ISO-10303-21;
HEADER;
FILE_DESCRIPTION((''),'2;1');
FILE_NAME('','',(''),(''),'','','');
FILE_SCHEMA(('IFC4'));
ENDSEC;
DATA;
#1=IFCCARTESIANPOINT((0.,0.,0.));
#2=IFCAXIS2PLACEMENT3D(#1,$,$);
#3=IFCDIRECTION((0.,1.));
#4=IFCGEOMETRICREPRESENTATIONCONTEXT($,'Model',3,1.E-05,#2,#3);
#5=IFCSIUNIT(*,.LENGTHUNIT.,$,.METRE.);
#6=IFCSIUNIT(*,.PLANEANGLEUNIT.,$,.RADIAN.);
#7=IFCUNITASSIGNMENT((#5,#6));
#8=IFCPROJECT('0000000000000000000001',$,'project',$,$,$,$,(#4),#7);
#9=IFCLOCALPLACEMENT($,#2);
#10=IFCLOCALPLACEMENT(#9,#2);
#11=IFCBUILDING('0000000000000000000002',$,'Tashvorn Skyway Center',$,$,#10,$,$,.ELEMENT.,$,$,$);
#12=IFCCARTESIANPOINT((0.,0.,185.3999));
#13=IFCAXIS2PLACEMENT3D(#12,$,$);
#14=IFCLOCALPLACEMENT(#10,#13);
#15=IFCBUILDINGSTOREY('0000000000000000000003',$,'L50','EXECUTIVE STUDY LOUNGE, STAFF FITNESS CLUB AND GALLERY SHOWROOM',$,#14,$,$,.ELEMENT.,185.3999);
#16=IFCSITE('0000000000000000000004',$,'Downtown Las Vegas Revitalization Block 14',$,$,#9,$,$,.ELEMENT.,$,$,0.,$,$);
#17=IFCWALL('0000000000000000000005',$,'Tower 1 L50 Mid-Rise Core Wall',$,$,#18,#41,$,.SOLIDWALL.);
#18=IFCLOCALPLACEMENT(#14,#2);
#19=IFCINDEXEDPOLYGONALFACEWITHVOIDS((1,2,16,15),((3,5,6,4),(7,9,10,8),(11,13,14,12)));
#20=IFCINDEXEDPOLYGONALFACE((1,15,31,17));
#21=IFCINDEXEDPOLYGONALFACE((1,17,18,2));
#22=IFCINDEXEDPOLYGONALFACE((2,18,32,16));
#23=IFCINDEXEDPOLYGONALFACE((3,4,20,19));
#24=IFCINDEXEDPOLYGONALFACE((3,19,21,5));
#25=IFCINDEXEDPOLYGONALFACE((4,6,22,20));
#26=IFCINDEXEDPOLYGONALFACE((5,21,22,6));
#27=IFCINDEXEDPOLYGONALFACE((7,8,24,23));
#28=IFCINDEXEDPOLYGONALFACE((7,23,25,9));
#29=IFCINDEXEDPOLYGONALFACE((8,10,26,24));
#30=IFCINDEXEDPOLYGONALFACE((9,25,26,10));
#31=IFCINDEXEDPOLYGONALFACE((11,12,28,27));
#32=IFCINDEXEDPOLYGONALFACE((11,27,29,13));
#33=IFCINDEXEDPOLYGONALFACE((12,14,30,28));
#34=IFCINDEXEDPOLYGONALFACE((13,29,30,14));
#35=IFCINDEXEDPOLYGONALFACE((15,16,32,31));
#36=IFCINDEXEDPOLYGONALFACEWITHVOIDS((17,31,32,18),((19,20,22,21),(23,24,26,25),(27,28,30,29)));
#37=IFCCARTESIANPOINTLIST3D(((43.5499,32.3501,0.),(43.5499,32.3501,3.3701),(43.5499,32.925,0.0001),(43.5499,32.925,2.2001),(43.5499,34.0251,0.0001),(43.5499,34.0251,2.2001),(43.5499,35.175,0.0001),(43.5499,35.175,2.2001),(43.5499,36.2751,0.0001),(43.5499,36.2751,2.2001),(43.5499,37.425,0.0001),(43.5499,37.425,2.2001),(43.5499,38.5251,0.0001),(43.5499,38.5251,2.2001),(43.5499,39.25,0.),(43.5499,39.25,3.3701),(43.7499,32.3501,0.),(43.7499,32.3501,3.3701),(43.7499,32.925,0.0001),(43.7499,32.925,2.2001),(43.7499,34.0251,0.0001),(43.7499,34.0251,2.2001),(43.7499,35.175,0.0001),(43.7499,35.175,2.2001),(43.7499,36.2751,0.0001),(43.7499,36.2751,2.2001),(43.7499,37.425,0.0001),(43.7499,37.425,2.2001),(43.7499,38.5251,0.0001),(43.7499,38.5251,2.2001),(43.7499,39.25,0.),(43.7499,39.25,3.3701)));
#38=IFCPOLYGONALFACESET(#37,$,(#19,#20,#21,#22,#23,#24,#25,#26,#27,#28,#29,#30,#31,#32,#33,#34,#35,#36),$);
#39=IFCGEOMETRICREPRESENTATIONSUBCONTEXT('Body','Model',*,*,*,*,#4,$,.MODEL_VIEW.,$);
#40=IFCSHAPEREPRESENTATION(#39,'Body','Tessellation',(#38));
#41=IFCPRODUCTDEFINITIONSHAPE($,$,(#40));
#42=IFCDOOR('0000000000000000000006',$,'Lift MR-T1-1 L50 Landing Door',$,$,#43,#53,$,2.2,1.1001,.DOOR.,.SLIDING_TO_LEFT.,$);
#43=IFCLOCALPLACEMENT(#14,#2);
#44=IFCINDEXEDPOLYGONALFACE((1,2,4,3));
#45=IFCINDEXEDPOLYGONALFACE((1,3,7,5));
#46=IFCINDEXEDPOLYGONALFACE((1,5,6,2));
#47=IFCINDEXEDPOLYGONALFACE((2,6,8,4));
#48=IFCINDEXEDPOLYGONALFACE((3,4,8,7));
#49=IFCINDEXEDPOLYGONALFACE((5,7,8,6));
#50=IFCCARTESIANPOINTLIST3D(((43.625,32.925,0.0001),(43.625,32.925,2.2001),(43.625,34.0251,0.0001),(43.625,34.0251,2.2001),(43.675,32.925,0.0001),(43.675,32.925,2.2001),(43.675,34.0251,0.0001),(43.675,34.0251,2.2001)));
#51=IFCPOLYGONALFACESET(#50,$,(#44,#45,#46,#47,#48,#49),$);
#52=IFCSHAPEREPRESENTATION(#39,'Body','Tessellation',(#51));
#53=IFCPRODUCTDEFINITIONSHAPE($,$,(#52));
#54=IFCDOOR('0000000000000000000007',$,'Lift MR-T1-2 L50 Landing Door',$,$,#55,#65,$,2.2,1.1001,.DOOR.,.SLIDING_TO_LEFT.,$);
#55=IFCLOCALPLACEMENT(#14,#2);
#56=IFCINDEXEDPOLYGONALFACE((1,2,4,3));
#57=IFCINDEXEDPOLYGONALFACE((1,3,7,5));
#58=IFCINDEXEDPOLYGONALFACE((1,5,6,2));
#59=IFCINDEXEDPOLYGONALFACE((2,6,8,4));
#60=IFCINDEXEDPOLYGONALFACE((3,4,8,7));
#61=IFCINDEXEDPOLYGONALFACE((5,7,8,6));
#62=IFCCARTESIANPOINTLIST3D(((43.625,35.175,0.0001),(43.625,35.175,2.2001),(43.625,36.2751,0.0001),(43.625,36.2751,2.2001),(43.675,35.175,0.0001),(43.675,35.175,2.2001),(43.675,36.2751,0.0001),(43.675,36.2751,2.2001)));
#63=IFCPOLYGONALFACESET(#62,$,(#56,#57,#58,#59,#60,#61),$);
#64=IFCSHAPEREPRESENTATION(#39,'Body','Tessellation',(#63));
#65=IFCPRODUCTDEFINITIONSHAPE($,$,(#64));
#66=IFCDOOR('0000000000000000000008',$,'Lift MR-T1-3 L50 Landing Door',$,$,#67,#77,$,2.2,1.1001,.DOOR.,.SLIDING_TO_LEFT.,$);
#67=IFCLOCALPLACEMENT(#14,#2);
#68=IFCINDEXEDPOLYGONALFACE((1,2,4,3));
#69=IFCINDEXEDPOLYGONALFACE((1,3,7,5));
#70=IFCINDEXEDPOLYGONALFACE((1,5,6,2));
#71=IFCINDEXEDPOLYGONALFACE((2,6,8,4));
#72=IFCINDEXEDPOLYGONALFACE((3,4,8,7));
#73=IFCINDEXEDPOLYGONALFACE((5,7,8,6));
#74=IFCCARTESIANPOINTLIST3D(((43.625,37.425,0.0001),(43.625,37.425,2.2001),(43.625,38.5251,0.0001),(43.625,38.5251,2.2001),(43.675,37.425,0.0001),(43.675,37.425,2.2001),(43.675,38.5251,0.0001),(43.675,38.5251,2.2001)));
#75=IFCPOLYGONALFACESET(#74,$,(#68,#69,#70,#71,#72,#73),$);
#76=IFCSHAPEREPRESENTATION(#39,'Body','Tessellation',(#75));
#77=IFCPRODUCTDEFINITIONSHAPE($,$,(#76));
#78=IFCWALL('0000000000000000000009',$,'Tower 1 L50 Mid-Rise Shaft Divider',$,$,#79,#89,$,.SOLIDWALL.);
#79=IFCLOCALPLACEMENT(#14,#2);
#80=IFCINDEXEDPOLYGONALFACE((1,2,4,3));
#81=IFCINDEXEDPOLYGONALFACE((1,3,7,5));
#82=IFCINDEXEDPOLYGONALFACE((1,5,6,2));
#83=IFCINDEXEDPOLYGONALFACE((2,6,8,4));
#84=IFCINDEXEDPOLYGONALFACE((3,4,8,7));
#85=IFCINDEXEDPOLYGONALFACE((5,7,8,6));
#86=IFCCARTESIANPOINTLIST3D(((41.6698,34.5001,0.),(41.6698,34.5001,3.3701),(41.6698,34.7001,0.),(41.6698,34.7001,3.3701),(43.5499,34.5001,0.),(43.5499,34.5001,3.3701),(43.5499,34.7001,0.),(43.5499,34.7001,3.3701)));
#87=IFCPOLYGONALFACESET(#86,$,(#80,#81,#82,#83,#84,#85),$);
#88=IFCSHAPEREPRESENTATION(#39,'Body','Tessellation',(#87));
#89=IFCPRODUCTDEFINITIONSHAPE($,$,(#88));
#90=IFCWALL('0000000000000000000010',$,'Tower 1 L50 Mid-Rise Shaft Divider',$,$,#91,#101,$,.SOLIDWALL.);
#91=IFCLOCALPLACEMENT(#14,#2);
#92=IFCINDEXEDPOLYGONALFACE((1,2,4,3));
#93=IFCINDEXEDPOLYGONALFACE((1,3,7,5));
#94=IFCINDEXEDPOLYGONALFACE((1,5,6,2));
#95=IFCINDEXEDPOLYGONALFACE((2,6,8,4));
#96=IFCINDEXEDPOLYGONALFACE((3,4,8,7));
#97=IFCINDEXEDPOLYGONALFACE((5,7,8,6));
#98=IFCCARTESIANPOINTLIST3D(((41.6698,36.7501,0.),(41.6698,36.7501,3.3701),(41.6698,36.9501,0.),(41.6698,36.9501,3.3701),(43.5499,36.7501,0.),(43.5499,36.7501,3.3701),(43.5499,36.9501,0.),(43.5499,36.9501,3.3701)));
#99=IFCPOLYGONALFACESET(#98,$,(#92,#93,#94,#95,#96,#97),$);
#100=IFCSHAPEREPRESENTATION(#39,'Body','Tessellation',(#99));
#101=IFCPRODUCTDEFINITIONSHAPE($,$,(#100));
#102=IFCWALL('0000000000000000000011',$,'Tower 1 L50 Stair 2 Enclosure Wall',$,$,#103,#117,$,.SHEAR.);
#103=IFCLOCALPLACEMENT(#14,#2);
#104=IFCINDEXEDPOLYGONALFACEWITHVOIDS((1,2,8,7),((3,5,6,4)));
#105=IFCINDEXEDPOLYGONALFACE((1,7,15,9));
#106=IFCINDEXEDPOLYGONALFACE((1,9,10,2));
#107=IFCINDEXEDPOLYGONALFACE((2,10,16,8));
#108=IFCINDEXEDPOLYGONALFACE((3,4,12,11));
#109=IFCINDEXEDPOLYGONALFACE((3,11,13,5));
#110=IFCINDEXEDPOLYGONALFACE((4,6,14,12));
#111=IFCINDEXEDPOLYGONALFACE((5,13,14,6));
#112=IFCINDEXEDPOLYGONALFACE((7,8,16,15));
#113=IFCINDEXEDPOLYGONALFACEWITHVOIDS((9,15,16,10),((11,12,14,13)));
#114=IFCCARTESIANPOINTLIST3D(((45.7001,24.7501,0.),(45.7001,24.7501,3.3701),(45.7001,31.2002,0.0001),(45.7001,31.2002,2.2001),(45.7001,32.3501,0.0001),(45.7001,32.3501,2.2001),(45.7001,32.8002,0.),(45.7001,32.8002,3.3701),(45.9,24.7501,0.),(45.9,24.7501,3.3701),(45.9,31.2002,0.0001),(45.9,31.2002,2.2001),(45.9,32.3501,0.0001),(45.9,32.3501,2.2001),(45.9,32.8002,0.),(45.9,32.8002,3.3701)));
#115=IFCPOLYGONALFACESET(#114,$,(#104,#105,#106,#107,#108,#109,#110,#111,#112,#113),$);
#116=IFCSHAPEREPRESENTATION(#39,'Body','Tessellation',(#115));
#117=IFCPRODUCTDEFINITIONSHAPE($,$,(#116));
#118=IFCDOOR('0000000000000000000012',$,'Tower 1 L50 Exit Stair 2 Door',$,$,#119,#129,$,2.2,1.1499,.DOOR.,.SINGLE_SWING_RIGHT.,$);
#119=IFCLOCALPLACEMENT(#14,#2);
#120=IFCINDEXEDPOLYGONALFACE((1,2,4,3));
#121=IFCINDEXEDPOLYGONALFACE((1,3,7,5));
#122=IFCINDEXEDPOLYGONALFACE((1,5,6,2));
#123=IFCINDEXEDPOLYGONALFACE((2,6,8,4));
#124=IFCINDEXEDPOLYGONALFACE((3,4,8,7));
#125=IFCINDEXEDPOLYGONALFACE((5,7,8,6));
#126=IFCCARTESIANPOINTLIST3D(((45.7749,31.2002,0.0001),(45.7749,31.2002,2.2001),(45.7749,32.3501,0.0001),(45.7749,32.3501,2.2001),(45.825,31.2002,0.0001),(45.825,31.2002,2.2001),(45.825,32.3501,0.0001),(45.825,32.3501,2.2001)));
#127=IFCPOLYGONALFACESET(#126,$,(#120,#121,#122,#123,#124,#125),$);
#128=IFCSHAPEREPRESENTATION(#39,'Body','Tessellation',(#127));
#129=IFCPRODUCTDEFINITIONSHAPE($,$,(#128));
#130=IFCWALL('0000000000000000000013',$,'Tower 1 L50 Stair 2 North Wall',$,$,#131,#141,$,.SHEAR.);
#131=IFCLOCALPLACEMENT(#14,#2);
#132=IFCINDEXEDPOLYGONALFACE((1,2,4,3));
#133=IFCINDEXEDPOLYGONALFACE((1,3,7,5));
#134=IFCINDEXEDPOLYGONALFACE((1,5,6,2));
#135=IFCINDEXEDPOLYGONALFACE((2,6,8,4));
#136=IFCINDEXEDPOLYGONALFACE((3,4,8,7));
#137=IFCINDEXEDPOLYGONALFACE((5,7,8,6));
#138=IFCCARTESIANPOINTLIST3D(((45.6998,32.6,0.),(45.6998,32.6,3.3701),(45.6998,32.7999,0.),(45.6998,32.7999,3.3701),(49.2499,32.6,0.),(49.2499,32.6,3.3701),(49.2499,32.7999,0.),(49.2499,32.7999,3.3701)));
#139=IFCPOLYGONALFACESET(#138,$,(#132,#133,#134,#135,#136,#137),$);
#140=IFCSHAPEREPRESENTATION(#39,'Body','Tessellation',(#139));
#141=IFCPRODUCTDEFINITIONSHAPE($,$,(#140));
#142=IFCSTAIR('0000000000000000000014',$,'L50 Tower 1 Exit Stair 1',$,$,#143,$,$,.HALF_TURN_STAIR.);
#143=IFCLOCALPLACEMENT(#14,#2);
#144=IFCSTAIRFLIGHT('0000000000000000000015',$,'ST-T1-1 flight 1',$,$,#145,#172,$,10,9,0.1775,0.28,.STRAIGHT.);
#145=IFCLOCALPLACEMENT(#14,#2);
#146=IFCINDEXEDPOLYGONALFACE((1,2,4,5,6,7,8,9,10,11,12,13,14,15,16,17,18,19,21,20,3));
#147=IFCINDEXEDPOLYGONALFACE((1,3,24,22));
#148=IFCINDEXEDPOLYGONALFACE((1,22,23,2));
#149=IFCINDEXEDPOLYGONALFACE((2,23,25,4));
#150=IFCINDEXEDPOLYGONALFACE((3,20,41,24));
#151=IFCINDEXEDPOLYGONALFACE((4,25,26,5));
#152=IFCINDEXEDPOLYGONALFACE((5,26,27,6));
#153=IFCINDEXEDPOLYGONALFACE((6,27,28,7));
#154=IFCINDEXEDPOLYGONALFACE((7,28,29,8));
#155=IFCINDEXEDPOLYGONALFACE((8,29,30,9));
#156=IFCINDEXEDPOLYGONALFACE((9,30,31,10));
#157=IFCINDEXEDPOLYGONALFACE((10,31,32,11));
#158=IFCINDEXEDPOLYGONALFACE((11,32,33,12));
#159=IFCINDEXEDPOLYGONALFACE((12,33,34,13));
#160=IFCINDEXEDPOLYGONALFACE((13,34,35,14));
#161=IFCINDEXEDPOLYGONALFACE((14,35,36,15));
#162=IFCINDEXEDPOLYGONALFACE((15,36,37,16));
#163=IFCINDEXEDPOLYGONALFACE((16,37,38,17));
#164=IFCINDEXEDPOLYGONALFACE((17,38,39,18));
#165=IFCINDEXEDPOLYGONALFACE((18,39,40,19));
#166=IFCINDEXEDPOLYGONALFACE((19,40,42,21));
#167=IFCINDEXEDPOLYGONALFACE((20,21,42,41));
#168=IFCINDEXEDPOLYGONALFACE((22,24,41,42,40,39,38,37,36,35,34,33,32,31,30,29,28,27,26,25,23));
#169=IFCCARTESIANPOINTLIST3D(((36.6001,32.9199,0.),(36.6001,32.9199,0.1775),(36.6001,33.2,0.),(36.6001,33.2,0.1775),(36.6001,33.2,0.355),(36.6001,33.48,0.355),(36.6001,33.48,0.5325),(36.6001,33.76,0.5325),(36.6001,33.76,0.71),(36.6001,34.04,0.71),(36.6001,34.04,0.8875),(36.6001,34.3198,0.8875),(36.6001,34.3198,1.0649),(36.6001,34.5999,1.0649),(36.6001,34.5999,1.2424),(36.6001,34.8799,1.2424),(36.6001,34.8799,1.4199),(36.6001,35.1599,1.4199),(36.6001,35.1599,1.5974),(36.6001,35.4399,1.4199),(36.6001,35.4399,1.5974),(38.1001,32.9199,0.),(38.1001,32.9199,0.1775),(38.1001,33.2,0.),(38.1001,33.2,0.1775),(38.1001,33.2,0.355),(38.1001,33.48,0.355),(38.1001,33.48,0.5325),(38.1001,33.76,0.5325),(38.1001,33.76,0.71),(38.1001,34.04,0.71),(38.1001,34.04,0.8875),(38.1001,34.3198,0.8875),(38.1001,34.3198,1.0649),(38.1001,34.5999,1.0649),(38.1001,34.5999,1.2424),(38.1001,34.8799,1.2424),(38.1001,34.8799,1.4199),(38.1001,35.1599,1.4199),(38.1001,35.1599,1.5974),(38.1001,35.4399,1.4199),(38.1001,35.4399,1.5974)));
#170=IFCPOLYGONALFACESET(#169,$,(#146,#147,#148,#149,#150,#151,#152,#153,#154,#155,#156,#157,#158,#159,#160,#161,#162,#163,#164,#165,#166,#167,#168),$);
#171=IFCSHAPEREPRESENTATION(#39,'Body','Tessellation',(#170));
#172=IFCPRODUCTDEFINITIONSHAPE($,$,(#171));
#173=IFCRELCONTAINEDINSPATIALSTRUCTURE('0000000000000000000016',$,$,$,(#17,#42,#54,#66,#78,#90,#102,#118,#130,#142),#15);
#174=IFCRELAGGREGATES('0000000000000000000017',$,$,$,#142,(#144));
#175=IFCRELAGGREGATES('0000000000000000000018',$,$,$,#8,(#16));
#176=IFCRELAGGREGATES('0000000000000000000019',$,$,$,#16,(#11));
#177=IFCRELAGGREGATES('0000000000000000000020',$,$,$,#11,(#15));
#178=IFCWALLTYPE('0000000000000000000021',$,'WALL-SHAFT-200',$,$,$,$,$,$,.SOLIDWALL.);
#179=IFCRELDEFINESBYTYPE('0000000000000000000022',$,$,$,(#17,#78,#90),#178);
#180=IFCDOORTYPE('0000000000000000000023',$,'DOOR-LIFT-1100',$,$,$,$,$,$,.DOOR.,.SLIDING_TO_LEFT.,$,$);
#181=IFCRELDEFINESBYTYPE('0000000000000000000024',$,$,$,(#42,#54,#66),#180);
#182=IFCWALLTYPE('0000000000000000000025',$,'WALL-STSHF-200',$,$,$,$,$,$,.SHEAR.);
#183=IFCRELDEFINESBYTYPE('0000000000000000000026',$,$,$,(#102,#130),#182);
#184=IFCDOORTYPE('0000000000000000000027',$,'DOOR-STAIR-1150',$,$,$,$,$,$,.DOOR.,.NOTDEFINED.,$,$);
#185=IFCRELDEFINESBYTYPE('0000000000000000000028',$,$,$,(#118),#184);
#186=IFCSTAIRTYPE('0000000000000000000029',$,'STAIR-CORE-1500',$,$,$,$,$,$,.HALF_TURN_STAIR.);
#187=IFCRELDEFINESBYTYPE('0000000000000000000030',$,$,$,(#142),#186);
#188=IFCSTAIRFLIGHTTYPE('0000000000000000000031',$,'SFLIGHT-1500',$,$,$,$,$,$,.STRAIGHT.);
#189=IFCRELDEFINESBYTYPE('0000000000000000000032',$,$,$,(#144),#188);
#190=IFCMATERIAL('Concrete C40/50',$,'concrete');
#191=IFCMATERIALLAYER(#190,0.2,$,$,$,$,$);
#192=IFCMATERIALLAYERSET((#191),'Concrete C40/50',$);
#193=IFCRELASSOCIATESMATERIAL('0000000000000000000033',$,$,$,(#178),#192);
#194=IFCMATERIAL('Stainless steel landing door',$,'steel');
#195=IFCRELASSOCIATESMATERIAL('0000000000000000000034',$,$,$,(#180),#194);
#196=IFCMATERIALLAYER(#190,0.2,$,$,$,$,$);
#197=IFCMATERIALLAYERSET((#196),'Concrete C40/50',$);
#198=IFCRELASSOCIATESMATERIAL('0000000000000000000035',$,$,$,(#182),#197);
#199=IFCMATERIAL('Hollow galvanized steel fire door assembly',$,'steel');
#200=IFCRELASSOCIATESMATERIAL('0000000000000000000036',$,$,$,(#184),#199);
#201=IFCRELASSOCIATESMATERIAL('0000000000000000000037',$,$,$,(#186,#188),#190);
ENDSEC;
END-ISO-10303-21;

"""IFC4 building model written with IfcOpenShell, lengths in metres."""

from ifc_helpers import new_model, si_unit, direction, frame, frame_2d, origin, place, context, subcontext, project, spatial, polyline, rectangle, outline, extrude, material, layer, layer_set, type_object, element, fill, aggregate, save


model = new_model("IFC4")

# Units and contexts
model_context = context("Model", 3, precision=1e-05, world=origin(), true_north=direction((0.0, 1.0)))
body_context = subcontext(model_context, "Body", "Model", "MODEL_VIEW")
ifc_project = project(units=[si_unit("LENGTHUNIT", "METRE"), si_unit("PLANEANGLEUNIT", "RADIAN")], contexts=[model_context])

# Site, building, storey
site_placement = place(None, origin())
site = spatial("IfcSite", under=ifc_project, at=site_placement, Name="Downtown Las Vegas Revitalization Block 14", CompositionType="ELEMENT", RefElevation=0.0)
building_placement = place(site_placement, origin())
building = spatial("IfcBuilding", under=site, at=building_placement, Name="Tashvorn Skyway Center", CompositionType="ELEMENT")
storey_placement = place(building_placement, frame((0.0, 0.0, 185.3999)))
storey = spatial("IfcBuildingStorey", under=building, at=storey_placement, Name="L50", Description="EXECUTIVE STUDY LOUNGE, STAFF FITNESS CLUB AND GALLERY SHOWROOM", CompositionType="ELEMENT", Elevation=185.3999)

# Shared definitions
ifc_material_1 = material(Name="Concrete C40/50", Category="concrete")
ifc_material_2 = material(Name="Hollow galvanized steel fire door assembly", Category="steel")

# Shared definitions
ifc_layer_1 = layer(ifc_material_1, 0.2)
ifc_layer_set_1 = layer_set([ifc_layer_1], Name="Concrete C40/50")
wall_type_1 = type_object("IfcWallType", Name="WALL-SHAFT-200", PredefinedType="SOLIDWALL", material=ifc_layer_set_1)

# Wall, openings, doors
wall_1_placement = place(storey_placement, frame((43.6499, 32.3501, 0.0), z_axis=(0.0, 0.0, 1.0), x_axis=(0.0, 1.0, 0.0)))
wall_1 = element("IfcWall", 1, at=wall_1_placement, inside=storey, type_object=wall_type_1, Name="Tower 1 L50 Mid-Rise Core Wall", PredefinedType="SOLIDWALL", context=body_context, shape_type="SweptSolid", body=[
    extrude(rectangle(XDim=6.8999, YDim=0.2, at=frame_2d((3.45, 0.0))), origin(), (0.0, 0.0, 1.0), 3.3701),
])
opening_1_placement = place(wall_1_placement, frame((0.575, 0.0, 0.0)))
opening_1 = element("IfcOpeningElement", 2, at=opening_1_placement, cuts=wall_1, PredefinedType="OPENING", context=body_context, shape_type="SweptSolid", body=[
    extrude(rectangle(XDim=1.1001, YDim=2.2, at=frame_2d((0.55, 1.1001))), frame((0.0, 0.1099, 0.0), z_axis=(0.0, -1.0, 0.0), x_axis=(1.0, 0.0, 0.0)), (0.0, 0.0, 1.0), 0.22),
])
opening_2_placement = place(wall_1_placement, frame((2.825, 0.0, 0.0)))
opening_2 = element("IfcOpeningElement", 3, at=opening_2_placement, cuts=wall_1, PredefinedType="OPENING", context=body_context, shape_type="SweptSolid", body=[
    extrude(rectangle(XDim=1.1001, YDim=2.2, at=frame_2d((0.55, 1.1001))), frame((0.0, 0.1099, 0.0), z_axis=(0.0, -1.0, 0.0), x_axis=(1.0, 0.0, 0.0)), (0.0, 0.0, 1.0), 0.22),
])
opening_3_placement = place(wall_1_placement, frame((5.075, 0.0, 0.0)))
opening_3 = element("IfcOpeningElement", 4, at=opening_3_placement, cuts=wall_1, PredefinedType="OPENING", context=body_context, shape_type="SweptSolid", body=[
    extrude(rectangle(XDim=1.1001, YDim=2.2, at=frame_2d((0.55, 1.1001))), frame((0.0, 0.1099, 0.0), z_axis=(0.0, -1.0, 0.0), x_axis=(1.0, 0.0, 0.0)), (0.0, 0.0, 1.0), 0.22),
])
ifc_material_3 = material(Name="Stainless steel landing door", Category="steel")
door_type_1 = type_object("IfcDoorType", Name="DOOR-LIFT-1100", OperationType="SLIDING_TO_LEFT", PredefinedType="DOOR", material=ifc_material_3)
door_1_placement = place(opening_1_placement, origin())
door_1 = element("IfcDoor", 5, at=door_1_placement, inside=storey, type_object=door_type_1, Name="Lift MR-T1-1 L50 Landing Door", OperationType="SLIDING_TO_LEFT", OverallHeight=2.2, OverallWidth=1.1001, PredefinedType="DOOR", context=body_context, shape_type="SweptSolid", body=[
    extrude(rectangle(XDim=1.1001, YDim=2.2, at=frame_2d((0.55, 1.1001))), frame((0.0, 0.0249, 0.0), z_axis=(0.0, -1.0, 0.0), x_axis=(1.0, 0.0, 0.0)), (0.0, 0.0, 1.0), 0.05),
])
fill(opening_1, door_1)
door_2_placement = place(opening_2_placement, origin())
door_2 = element("IfcDoor", 6, at=door_2_placement, inside=storey, type_object=door_type_1, Name="Lift MR-T1-2 L50 Landing Door", OperationType="SLIDING_TO_LEFT", OverallHeight=2.2, OverallWidth=1.1001, PredefinedType="DOOR", context=body_context, shape_type="SweptSolid", body=[
    extrude(rectangle(XDim=1.1001, YDim=2.2, at=frame_2d((0.55, 1.1001))), frame((0.0, 0.0249, 0.0), z_axis=(0.0, -1.0, 0.0), x_axis=(1.0, 0.0, 0.0)), (0.0, 0.0, 1.0), 0.05),
])
fill(opening_2, door_2)
door_3_placement = place(opening_3_placement, origin())
door_3 = element("IfcDoor", 7, at=door_3_placement, inside=storey, type_object=door_type_1, Name="Lift MR-T1-3 L50 Landing Door", OperationType="SLIDING_TO_LEFT", OverallHeight=2.2, OverallWidth=1.1001, PredefinedType="DOOR", context=body_context, shape_type="SweptSolid", body=[
    extrude(rectangle(XDim=1.1001, YDim=2.2, at=frame_2d((0.55, 1.1001))), frame((0.0, 0.0249, 0.0), z_axis=(0.0, -1.0, 0.0), x_axis=(1.0, 0.0, 0.0)), (0.0, 0.0, 1.0), 0.05),
])
fill(opening_3, door_3)

# Walls
for number, where, z_axis, x_axis, name in (
    (8, (41.6699, 34.6001, 0.0), (0.0, 0.0, 1.0), (1.0, 0.0, 0.0), "Tower 1 L50 Mid-Rise Shaft Divider"),
    (9, (41.6699, 36.8501, 0.0), (0.0, 0.0, 1.0), (1.0, 0.0, 0.0), "Tower 1 L50 Mid-Rise Shaft Divider"),
):
    element("IfcWall", number, at=place(storey_placement, frame(where, z_axis=z_axis, x_axis=x_axis)), inside=storey, type_object=wall_type_1, Name=name, PredefinedType="SOLIDWALL", context=body_context, shape_type="SweptSolid", body=[
        extrude(rectangle(XDim=1.8801, YDim=0.2, at=frame_2d((0.9399, 0.0))), origin(), (0.0, 0.0, 1.0), 3.3701),
    ])

# Wall, opening, door
ifc_layer_2 = layer(ifc_material_1, 0.2)
ifc_layer_set_2 = layer_set([ifc_layer_2], Name="Concrete C40/50")
wall_type_2 = type_object("IfcWallType", Name="WALL-STSHF-200", PredefinedType="SHEAR", material=ifc_layer_set_2)
wall_2_placement = place(storey_placement, frame((45.8, 32.8, 0.0), z_axis=(0.0, 0.0, 1.0), x_axis=(0.0, -1.0, 0.0)))
wall_2 = element("IfcWall", 10, at=wall_2_placement, inside=storey, type_object=wall_type_2, Name="Tower 1 L50 Stair 2 Enclosure Wall", PredefinedType="SHEAR", context=body_context, shape_type="SweptSolid", body=[
    extrude(rectangle(XDim=8.05, YDim=0.2, at=frame_2d((4.0249, 0.0))), origin(), (0.0, 0.0, 1.0), 3.3701),
])
opening_4_placement = place(wall_2_placement, frame((0.45, 0.0, 0.0)))
opening_4 = element("IfcOpeningElement", 11, at=opening_4_placement, cuts=wall_2, PredefinedType="OPENING", context=body_context, shape_type="SweptSolid", body=[
    extrude(rectangle(XDim=1.1499, YDim=2.2, at=frame_2d((0.575, 1.1001))), frame((0.0, 0.1099, 0.0), z_axis=(0.0, -1.0, 0.0), x_axis=(1.0, 0.0, 0.0)), (0.0, 0.0, 1.0), 0.22),
])
door_type_2 = type_object("IfcDoorType", Name="DOOR-STAIR-1150", OperationType="NOTDEFINED", PredefinedType="DOOR", material=ifc_material_2)
door_4_placement = place(opening_4_placement, origin())
door_4 = element("IfcDoor", 12, at=door_4_placement, inside=storey, type_object=door_type_2, Name="Tower 1 L50 Exit Stair 2 Door", OperationType="SINGLE_SWING_RIGHT", OverallHeight=2.2, OverallWidth=1.1499, PredefinedType="DOOR", context=body_context, shape_type="SweptSolid", body=[
    extrude(rectangle(XDim=1.1499, YDim=2.2, at=frame_2d((0.575, 1.1001))), frame((0.0, 0.0249, 0.0), z_axis=(0.0, -1.0, 0.0), x_axis=(1.0, 0.0, 0.0)), (0.0, 0.0, 1.0), 0.05),
])
fill(opening_4, door_4)

# Wall
wall_3_placement = place(storey_placement, frame((45.7, 32.7, 0.0), z_axis=(0.0, 0.0, 1.0), x_axis=(1.0, 0.0, 0.0)))
element("IfcWall", 13, at=wall_3_placement, inside=storey, type_object=wall_type_2, Name="Tower 1 L50 Stair 2 North Wall", PredefinedType="SHEAR", context=body_context, shape_type="SweptSolid", body=[
    extrude(rectangle(XDim=3.55, YDim=0.2, at=frame_2d((1.7749, 0.0))), origin(), (0.0, 0.0, 1.0), 3.3701),
])

# Stair, stair flight
stair_type = type_object("IfcStairType", Name="STAIR-CORE-1500", PredefinedType="HALF_TURN_STAIR", material=ifc_material_1)
stair_placement = place(storey_placement, origin())
stair = element("IfcStair", 14, at=stair_placement, inside=storey, type_object=stair_type, Name="L50 Tower 1 Exit Stair 1", PredefinedType="HALF_TURN_STAIR")
stair_flight_type = type_object("IfcStairFlightType", Name="SFLIGHT-1500", PredefinedType="STRAIGHT", material=ifc_material_1)
stair_flight_placement = place(storey_placement, frame((37.3501, 32.9199, 0.0), z_axis=(0.0, 0.0, 1.0), x_axis=(0.0, 1.0, 0.0)))
stair_flight = element("IfcStairFlight", 15, at=stair_flight_placement, type_object=stair_flight_type, Name="ST-T1-1 flight 1", NumberOfRisers=10, NumberOfTreads=9, PredefinedType="STRAIGHT", RiserHeight=0.1775, TreadLength=0.28, context=body_context, shape_type="SweptSolid", body=[
    extrude(outline(polyline([(0.0, 0.0), (0.0, 0.1775), (0.28, 0.1775), (0.28, 0.355), (0.5601, 0.355), (0.5601, 0.5325), (0.8401, 0.5325), (0.8401, 0.71), (1.1201, 0.71), (1.1201, 0.8875), (1.3999, 0.8875), (1.3999, 1.0649), (1.6799, 1.0649), (1.6799, 1.2424), (1.96, 1.2424), (1.96, 1.4199), (2.24, 1.4199), (2.24, 1.5974), (2.52, 1.5974), (2.52, 1.7749), (2.52, 1.4199), (0.28, 0.0), (0.0, 0.0)])), frame((0.0, 0.75, 0.0), z_axis=(0.0, -1.0, 0.0), x_axis=(1.0, 0.0, 0.0)), (0.0, 0.0, 1.0), 1.5),
])
aggregate(stair, [stair_flight])

save(model, "model.ifc")
